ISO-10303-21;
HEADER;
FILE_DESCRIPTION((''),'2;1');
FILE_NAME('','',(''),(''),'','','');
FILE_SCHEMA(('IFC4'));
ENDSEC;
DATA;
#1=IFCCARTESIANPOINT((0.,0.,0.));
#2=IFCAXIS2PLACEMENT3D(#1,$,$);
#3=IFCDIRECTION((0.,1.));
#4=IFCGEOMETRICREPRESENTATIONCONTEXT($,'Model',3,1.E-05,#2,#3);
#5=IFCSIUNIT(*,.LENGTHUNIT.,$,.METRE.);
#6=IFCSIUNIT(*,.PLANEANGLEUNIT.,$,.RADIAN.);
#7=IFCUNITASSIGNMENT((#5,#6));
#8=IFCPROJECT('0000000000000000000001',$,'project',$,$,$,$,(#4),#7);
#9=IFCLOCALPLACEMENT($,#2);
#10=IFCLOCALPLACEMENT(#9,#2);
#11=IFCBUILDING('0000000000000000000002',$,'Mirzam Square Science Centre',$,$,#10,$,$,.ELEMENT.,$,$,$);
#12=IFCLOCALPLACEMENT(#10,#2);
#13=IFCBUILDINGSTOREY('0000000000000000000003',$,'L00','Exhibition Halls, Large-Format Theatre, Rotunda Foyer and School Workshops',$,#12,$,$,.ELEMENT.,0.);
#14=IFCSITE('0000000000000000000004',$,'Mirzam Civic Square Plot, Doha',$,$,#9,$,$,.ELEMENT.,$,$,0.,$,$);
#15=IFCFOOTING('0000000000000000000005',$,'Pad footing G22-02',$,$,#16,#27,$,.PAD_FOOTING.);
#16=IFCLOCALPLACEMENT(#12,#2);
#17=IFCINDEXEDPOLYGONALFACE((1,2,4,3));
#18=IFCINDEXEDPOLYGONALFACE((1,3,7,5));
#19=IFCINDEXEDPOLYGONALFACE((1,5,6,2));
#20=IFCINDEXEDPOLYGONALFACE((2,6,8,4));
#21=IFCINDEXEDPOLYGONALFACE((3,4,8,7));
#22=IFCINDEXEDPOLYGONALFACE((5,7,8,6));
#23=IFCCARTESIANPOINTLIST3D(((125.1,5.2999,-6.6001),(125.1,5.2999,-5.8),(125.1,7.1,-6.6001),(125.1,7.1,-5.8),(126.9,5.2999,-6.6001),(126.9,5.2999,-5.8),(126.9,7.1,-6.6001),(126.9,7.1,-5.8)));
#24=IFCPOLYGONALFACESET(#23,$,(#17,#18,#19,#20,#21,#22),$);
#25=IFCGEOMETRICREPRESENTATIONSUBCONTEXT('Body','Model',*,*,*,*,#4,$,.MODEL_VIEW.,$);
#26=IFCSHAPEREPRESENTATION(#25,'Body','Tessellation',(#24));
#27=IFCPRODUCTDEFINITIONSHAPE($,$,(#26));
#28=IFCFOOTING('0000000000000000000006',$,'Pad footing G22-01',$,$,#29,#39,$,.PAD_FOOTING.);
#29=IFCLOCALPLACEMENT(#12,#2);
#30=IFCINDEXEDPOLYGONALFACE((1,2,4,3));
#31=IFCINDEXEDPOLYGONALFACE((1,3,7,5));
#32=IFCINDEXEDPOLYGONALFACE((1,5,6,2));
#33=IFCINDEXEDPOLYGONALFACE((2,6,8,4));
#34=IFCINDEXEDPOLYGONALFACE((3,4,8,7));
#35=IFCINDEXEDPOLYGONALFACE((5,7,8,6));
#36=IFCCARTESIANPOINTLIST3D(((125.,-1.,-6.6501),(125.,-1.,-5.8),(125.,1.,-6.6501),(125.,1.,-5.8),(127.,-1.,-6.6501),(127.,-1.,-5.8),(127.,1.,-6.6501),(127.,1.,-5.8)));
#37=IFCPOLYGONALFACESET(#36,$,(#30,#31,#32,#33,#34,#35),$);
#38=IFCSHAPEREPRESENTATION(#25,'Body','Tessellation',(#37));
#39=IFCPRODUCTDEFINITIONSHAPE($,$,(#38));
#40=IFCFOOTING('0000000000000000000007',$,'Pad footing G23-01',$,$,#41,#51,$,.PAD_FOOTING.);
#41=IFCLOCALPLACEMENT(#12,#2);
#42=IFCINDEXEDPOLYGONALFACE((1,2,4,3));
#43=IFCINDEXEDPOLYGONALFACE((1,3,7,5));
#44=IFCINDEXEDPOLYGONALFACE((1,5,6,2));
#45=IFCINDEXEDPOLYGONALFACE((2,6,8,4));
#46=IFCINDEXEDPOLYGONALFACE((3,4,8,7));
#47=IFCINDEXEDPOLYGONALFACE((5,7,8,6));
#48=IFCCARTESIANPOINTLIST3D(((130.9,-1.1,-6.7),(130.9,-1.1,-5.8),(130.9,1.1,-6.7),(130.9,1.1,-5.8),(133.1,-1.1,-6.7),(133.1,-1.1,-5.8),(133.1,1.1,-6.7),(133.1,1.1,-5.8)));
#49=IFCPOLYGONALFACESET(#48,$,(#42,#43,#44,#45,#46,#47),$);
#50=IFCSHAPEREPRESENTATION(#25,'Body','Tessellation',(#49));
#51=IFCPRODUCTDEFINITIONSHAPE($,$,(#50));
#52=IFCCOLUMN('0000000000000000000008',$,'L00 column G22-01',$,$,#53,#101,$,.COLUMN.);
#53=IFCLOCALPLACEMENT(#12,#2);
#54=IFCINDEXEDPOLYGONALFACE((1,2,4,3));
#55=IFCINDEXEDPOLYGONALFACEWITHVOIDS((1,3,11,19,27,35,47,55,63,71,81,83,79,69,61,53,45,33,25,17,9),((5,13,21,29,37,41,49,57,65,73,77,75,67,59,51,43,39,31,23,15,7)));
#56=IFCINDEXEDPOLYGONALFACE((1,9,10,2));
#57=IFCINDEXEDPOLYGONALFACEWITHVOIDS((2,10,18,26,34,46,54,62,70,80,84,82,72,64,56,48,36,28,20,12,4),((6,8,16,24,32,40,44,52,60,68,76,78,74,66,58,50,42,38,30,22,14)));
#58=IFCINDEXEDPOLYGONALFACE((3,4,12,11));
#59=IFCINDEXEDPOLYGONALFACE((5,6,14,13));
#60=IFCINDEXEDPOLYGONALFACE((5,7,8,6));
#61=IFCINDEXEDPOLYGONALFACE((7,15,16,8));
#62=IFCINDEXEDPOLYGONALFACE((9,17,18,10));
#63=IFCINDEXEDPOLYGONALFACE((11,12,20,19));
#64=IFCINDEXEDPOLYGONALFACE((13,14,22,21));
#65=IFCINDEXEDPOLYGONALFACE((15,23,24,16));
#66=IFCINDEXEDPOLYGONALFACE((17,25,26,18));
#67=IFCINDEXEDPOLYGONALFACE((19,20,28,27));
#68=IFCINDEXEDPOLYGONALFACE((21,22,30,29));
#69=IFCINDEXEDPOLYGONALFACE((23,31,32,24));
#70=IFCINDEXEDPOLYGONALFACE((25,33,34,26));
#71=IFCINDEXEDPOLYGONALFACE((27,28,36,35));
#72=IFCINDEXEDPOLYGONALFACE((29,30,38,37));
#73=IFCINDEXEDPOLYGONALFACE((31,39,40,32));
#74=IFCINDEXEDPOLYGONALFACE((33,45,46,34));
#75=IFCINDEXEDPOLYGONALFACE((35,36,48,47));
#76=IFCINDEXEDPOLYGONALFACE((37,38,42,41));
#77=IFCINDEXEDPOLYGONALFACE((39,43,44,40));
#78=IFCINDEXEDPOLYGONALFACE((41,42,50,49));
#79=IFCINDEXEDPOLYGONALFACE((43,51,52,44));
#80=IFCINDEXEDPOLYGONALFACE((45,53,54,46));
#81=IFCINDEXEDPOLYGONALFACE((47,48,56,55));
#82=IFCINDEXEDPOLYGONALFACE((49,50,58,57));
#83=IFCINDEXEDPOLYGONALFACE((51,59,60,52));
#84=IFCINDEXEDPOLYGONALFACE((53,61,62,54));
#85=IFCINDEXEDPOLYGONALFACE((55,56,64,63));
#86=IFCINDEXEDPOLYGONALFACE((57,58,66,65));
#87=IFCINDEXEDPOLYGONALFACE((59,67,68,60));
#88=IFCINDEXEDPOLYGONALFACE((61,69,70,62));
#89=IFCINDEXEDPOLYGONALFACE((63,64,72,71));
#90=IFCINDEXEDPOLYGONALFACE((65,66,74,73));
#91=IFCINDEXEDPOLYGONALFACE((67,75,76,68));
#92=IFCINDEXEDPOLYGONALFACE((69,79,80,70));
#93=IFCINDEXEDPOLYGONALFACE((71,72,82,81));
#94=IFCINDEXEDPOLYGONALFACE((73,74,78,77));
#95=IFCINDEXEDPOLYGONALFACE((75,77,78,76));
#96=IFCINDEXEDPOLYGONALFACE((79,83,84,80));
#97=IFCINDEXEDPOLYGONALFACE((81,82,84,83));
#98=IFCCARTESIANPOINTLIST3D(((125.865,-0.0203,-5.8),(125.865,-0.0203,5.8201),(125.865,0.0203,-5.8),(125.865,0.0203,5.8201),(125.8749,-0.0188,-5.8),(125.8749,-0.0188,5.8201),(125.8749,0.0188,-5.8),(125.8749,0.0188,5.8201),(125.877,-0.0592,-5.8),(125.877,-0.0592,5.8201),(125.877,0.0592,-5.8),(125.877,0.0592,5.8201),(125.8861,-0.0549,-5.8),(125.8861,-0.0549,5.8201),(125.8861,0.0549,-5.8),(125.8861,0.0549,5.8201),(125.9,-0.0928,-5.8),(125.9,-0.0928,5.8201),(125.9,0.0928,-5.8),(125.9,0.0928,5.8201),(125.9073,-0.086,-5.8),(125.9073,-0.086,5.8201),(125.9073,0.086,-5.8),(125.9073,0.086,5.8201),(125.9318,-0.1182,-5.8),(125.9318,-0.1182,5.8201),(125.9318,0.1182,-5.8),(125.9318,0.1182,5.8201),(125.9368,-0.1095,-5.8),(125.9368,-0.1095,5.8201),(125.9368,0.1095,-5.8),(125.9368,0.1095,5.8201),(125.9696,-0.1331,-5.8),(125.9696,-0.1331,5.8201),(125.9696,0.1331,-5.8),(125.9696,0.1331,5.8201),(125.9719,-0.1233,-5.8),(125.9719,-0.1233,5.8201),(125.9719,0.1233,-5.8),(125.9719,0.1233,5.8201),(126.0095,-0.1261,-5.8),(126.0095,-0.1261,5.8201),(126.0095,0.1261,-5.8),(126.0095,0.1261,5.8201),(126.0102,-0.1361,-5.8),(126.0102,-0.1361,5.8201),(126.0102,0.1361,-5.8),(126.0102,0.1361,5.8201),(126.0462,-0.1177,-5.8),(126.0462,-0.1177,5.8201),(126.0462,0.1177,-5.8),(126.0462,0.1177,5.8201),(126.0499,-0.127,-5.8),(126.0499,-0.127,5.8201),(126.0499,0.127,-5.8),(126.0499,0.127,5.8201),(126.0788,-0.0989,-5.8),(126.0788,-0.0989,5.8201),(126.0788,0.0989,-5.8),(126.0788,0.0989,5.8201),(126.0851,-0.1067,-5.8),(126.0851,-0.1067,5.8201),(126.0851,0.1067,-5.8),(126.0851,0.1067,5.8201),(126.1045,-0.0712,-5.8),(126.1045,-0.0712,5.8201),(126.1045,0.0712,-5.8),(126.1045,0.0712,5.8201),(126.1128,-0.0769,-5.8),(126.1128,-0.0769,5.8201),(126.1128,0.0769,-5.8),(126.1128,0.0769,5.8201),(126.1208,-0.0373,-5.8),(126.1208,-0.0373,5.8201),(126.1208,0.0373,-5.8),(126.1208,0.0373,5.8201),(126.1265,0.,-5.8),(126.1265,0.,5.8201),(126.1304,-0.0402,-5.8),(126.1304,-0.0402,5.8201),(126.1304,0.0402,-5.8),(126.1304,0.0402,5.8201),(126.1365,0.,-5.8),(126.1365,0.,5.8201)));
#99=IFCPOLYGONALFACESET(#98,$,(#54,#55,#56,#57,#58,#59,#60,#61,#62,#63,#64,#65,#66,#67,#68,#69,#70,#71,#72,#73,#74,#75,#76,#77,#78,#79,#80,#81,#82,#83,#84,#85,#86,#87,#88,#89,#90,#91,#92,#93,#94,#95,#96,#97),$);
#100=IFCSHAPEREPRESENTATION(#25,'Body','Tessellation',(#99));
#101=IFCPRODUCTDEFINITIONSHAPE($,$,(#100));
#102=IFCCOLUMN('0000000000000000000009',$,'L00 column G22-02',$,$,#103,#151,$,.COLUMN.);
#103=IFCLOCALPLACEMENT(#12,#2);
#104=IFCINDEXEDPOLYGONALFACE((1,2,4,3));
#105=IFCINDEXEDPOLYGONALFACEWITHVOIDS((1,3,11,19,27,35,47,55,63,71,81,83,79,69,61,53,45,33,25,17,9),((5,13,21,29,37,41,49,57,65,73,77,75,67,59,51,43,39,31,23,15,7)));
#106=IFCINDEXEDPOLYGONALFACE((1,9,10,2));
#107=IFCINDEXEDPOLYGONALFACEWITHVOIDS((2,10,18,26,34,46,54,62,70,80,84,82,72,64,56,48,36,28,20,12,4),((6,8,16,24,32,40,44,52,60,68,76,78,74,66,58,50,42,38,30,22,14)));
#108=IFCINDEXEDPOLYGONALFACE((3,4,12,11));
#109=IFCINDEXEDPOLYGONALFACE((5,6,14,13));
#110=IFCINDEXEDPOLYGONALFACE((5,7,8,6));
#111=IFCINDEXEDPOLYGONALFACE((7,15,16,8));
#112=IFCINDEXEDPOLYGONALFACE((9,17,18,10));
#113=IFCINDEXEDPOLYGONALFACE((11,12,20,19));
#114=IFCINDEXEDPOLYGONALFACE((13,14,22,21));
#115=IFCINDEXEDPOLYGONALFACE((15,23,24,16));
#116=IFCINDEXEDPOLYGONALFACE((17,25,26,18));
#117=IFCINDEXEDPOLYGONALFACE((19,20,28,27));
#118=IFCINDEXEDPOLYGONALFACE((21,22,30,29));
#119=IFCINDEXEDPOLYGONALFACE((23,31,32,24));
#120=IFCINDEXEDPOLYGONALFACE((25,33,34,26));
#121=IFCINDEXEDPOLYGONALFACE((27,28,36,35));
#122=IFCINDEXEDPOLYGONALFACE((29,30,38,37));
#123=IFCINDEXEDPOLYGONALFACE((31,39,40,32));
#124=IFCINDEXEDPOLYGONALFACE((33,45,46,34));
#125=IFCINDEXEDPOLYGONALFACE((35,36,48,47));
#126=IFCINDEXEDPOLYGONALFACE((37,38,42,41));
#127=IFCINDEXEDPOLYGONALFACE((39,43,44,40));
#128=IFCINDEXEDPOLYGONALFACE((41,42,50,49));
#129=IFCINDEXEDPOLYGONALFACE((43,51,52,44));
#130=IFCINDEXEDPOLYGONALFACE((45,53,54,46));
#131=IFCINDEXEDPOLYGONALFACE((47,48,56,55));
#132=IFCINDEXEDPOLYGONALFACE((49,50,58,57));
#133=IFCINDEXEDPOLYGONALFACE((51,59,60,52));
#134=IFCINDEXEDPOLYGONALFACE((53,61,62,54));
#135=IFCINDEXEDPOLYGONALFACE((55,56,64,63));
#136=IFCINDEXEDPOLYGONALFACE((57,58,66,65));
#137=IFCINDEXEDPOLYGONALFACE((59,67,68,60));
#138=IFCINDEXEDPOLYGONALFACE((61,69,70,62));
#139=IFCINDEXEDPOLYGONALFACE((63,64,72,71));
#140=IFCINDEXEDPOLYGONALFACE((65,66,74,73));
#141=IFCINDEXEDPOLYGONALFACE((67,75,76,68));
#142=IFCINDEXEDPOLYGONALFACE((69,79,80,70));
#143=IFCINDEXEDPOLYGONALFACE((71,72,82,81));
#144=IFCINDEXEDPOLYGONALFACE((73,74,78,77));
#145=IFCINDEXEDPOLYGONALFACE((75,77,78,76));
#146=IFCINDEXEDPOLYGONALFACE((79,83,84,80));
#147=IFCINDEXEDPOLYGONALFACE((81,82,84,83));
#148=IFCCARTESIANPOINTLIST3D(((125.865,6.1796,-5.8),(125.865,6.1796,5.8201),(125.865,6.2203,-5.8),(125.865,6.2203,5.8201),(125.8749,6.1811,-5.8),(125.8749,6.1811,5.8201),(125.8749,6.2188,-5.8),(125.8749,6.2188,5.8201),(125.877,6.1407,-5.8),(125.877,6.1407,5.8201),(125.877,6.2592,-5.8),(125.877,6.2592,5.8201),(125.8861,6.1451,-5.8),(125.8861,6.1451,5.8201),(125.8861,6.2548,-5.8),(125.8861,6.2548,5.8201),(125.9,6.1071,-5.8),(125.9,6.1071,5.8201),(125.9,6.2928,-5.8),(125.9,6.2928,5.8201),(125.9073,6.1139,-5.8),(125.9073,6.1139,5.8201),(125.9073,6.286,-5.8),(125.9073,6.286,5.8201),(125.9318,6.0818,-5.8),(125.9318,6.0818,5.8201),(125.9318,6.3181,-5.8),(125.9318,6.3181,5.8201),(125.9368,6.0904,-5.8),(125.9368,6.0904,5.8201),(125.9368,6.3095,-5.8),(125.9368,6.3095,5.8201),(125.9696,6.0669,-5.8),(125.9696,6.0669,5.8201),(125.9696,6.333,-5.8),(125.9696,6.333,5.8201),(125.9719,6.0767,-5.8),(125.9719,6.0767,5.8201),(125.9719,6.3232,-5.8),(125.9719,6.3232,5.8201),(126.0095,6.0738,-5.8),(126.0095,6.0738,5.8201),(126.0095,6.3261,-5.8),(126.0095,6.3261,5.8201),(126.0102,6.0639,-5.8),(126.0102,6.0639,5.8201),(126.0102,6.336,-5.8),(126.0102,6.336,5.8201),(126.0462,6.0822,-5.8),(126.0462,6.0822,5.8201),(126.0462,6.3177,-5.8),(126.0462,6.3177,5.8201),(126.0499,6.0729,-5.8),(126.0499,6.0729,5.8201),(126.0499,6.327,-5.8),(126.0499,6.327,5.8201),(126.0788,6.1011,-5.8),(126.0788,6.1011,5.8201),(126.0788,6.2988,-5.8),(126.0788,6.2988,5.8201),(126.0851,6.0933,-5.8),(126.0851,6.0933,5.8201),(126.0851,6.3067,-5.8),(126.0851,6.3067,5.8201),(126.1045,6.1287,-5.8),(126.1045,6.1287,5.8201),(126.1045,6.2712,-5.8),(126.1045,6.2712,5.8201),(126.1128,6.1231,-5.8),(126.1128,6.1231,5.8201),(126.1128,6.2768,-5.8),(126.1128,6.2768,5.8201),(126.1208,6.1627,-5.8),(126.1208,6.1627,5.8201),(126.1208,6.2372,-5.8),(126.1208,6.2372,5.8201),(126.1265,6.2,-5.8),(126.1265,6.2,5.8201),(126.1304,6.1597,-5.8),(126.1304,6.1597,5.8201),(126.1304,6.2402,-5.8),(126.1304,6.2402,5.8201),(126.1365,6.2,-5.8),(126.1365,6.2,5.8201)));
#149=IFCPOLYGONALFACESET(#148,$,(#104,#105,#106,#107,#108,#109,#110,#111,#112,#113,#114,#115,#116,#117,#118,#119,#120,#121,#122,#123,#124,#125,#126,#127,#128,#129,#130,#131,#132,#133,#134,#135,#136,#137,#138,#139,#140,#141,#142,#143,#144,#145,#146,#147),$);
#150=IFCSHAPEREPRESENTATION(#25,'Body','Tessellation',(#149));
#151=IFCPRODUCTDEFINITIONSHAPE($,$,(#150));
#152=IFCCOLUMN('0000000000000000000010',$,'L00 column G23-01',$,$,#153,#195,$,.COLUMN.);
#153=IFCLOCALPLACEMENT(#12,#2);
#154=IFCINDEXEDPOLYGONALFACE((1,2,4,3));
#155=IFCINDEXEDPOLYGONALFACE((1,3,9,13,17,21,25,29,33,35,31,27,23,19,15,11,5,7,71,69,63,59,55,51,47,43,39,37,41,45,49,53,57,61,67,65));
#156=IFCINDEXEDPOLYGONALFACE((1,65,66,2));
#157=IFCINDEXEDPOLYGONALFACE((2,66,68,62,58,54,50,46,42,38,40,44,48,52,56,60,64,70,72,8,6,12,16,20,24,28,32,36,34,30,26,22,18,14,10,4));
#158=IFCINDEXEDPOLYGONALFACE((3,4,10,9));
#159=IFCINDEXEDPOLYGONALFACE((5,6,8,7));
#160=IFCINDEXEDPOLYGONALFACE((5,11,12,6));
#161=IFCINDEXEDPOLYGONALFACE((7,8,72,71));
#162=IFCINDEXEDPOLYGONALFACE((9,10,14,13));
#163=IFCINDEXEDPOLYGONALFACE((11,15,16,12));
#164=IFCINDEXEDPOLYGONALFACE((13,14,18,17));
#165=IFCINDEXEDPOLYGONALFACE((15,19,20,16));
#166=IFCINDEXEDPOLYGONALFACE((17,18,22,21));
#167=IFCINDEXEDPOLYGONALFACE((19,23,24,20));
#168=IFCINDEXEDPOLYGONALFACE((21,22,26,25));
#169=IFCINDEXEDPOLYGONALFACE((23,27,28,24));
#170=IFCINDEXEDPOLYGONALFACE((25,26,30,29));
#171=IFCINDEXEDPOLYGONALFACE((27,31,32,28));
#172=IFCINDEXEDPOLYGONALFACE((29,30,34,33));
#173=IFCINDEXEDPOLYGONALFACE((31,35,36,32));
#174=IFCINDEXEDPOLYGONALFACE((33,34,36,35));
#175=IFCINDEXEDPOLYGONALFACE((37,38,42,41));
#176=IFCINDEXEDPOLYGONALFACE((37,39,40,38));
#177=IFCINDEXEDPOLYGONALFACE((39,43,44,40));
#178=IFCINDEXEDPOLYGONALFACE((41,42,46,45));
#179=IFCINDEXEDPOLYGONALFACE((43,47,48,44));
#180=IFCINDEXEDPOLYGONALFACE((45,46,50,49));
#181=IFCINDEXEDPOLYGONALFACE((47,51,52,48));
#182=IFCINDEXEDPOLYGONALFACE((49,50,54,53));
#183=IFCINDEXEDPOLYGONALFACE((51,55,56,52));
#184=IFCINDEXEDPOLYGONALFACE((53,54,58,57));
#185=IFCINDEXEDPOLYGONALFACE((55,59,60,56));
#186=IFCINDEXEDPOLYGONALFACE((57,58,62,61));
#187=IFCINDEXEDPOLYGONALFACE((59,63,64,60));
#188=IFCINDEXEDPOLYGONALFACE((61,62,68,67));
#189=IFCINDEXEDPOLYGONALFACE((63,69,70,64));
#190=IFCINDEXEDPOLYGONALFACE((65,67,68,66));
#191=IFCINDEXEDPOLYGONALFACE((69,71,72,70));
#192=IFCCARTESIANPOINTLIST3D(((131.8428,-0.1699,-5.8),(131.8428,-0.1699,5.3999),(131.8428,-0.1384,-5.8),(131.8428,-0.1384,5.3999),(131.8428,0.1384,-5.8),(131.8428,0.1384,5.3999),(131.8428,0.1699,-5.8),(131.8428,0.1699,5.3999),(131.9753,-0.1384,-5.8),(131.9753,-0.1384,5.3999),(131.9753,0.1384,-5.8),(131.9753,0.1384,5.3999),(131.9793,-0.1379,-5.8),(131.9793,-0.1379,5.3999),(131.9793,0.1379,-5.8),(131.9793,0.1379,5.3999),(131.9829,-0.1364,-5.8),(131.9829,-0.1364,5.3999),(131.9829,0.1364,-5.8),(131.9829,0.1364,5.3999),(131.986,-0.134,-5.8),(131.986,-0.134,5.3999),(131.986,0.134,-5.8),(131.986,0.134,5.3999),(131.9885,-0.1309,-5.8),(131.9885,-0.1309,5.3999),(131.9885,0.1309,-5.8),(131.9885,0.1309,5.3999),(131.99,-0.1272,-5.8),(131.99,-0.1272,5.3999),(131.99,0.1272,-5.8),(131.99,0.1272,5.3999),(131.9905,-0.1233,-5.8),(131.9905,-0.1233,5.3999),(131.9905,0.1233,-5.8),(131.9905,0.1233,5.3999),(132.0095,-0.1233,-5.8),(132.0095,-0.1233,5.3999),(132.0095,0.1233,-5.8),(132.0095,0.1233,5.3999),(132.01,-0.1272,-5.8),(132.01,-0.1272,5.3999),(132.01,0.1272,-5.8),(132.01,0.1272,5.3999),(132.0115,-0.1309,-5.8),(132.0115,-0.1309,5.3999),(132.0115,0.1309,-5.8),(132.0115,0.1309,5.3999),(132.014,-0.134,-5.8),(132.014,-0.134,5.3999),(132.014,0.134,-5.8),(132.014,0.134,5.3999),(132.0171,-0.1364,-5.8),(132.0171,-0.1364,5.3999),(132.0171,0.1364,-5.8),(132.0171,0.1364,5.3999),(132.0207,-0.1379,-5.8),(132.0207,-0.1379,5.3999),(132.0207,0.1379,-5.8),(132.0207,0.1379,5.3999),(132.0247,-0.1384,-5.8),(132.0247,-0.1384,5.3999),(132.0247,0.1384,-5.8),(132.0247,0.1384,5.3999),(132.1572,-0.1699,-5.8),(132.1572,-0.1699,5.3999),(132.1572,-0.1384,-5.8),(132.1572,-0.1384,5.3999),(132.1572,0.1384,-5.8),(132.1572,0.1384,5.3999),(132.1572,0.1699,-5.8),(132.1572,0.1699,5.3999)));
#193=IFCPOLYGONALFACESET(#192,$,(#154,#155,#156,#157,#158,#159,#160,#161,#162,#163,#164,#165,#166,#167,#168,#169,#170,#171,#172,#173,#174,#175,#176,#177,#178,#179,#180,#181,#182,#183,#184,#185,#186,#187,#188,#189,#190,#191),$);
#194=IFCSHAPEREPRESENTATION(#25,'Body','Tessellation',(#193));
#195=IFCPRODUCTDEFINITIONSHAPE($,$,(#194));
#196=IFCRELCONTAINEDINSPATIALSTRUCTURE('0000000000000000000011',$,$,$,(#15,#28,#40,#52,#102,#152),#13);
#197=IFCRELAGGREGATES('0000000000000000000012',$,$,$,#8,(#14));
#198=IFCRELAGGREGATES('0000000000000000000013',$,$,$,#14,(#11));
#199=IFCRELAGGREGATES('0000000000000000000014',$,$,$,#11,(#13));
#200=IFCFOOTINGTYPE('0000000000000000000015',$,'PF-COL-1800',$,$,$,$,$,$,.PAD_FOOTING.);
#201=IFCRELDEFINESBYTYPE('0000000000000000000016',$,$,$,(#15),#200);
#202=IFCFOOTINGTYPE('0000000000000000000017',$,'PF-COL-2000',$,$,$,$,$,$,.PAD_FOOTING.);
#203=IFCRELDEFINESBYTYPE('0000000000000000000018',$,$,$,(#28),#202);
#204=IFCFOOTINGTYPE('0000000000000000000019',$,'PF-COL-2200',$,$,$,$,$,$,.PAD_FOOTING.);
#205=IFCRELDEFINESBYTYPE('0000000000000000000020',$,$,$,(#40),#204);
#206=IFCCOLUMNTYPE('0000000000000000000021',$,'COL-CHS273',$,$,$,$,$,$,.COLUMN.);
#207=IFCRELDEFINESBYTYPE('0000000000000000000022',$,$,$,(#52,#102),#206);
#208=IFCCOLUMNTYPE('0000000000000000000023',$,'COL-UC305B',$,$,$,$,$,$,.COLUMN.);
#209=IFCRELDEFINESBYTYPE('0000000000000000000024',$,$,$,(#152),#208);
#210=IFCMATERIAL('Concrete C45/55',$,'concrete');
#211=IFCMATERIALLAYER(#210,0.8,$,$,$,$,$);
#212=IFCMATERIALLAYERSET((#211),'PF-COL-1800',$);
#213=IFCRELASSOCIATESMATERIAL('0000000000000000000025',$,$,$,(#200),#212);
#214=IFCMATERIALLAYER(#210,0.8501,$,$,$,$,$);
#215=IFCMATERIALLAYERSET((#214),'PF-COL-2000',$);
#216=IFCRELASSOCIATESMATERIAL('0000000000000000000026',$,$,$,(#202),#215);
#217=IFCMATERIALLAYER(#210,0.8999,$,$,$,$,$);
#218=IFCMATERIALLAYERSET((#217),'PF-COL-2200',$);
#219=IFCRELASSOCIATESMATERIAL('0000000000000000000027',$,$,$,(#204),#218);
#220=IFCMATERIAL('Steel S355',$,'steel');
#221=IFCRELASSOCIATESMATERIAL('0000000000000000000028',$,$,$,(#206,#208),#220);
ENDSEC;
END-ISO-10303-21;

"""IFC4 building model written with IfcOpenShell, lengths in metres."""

from ifc_helpers import new_model, si_unit, direction, frame, origin, origin_2d, place, context, subcontext, project, spatial, rectangle, hollow_circle, i_section, extrude, material, layer, layer_set, material_profile, profile_set, type_object, element, save


model = new_model("IFC4")

# Units and contexts
model_context = context("Model", 3, precision=1e-05, world=origin(), true_north=direction((0.0, 1.0)))
body_context = subcontext(model_context, "Body", "Model", "MODEL_VIEW")
ifc_project = project(units=[si_unit("LENGTHUNIT", "METRE"), si_unit("PLANEANGLEUNIT", "RADIAN")], contexts=[model_context])

# Site, building, storey
site_placement = place(None, origin())
site = spatial("IfcSite", under=ifc_project, at=site_placement, Name="Mirzam Civic Square Plot, Doha", CompositionType="ELEMENT", RefElevation=0.0)
building_placement = place(site_placement, origin())
building = spatial("IfcBuilding", under=site, at=building_placement, Name="Mirzam Square Science Centre", CompositionType="ELEMENT")
storey_placement = place(building_placement, origin())
storey = spatial("IfcBuildingStorey", under=building, at=storey_placement, Name="L00", Description="Exhibition Halls, Large-Format Theatre, Rotunda Foyer and School Workshops", CompositionType="ELEMENT", Elevation=0.0)

# Footings
ifc_material_1 = material(Name="Concrete C45/55", Category="concrete")
ifc_layer_1 = layer(ifc_material_1, 0.8)
ifc_layer_set_1 = layer_set([ifc_layer_1], Name="PF-COL-1800")
footing_type_1 = type_object("IfcFootingType", Name="PF-COL-1800", PredefinedType="PAD_FOOTING", material=ifc_layer_set_1)
footing_1_placement = place(storey_placement, frame((126.0, 6.2, -6.6001), z_axis=(0.0, 0.0, 1.0), x_axis=(1.0, 0.0, 0.0)))
element("IfcFooting", 1, at=footing_1_placement, inside=storey, type_object=footing_type_1, Name="Pad footing G22-02", PredefinedType="PAD_FOOTING", context=body_context, shape_type="SweptSolid", body=[
    extrude(rectangle(XDim=1.8, YDim=1.8, at=origin_2d()), origin(), (0.0, 0.0, 1.0), 0.8),
])
ifc_layer_2 = layer(ifc_material_1, 0.8501)
ifc_layer_set_2 = layer_set([ifc_layer_2], Name="PF-COL-2000")
footing_type_2 = type_object("IfcFootingType", Name="PF-COL-2000", PredefinedType="PAD_FOOTING", material=ifc_layer_set_2)
footing_2_placement = place(storey_placement, frame((126.0, 0.0, -6.6501), z_axis=(0.0, 0.0, 1.0), x_axis=(1.0, 0.0, 0.0)))
element("IfcFooting", 2, at=footing_2_placement, inside=storey, type_object=footing_type_2, Name="Pad footing G22-01", PredefinedType="PAD_FOOTING", context=body_context, shape_type="SweptSolid", body=[
    extrude(rectangle(XDim=2.0, YDim=2.0, at=origin_2d()), origin(), (0.0, 0.0, 1.0), 0.8501),
])
ifc_layer_3 = layer(ifc_material_1, 0.8999)
ifc_layer_set_3 = layer_set([ifc_layer_3], Name="PF-COL-2200")
footing_type_3 = type_object("IfcFootingType", Name="PF-COL-2200", PredefinedType="PAD_FOOTING", material=ifc_layer_set_3)
footing_3_placement = place(storey_placement, frame((132.0, 0.0, -6.7), z_axis=(0.0, 0.0, 1.0), x_axis=(1.0, 0.0, 0.0)))
element("IfcFooting", 3, at=footing_3_placement, inside=storey, type_object=footing_type_3, Name="Pad footing G23-01", PredefinedType="PAD_FOOTING", context=body_context, shape_type="SweptSolid", body=[
    extrude(rectangle(XDim=2.2, YDim=2.2, at=origin_2d()), origin(), (0.0, 0.0, 1.0), 0.8999),
])

# Columns
ifc_material_2 = material(Name="Steel S355", Category="steel")
ifc_material_profile_1 = material_profile(ifc_material_2, hollow_circle(Radius=0.1365, WallThickness=0.01, at=origin_2d()), Name="273.0x10.0CHS")
ifc_profile_set_1 = profile_set([ifc_material_profile_1], Name="Steel S355")
column_type_1 = type_object("IfcColumnType", Name="COL-CHS273", PredefinedType="COLUMN", material=ifc_profile_set_1)
for number, where, z_axis, x_axis, name in (
    (4, (126.0, 0.0, -5.8), (0.0, 0.0, 1.0), (1.0, 0.0, 0.0), "L00 column G22-01"),
    (5, (126.0, 6.2, -5.8), (0.0, 0.0, 1.0), (1.0, 0.0, 0.0), "L00 column G22-02"),
):
    element("IfcColumn", number, at=place(storey_placement, frame(where, z_axis=z_axis, x_axis=x_axis)), inside=storey, type_object=column_type_1, Name=name, PredefinedType="COLUMN", context=body_context, shape_type="SweptSolid", body=[
        extrude(hollow_circle(Radius=0.1365, WallThickness=0.01, at=origin_2d()), origin(), (0.0, 0.0, 1.0), 11.6201),
    ])
ifc_material_profile_2 = material_profile(ifc_material_2, i_section(OverallWidth=0.3145, OverallDepth=0.3398, WebThickness=0.019, FlangeThickness=0.0315, FilletRadius=0.0151, at=origin_2d()), Name="305x305x198UC")
ifc_profile_set_2 = profile_set([ifc_material_profile_2], Name="Steel S355")
column_type_2 = type_object("IfcColumnType", Name="COL-UC305B", PredefinedType="COLUMN", material=ifc_profile_set_2)
column_placement = place(storey_placement, frame((132.0, 0.0, -5.8), z_axis=(0.0, 0.0, 1.0), x_axis=(1.0, 0.0, 0.0)))
element("IfcColumn", 6, at=column_placement, inside=storey, type_object=column_type_2, Name="L00 column G23-01", PredefinedType="COLUMN", context=body_context, shape_type="SweptSolid", body=[
    extrude(i_section(OverallWidth=0.3145, OverallDepth=0.3398, WebThickness=0.019, FlangeThickness=0.0315, FilletRadius=0.0151, at=origin_2d()), origin(), (0.0, 0.0, 1.0), 11.2),
])

save(model, "model.ifc")
